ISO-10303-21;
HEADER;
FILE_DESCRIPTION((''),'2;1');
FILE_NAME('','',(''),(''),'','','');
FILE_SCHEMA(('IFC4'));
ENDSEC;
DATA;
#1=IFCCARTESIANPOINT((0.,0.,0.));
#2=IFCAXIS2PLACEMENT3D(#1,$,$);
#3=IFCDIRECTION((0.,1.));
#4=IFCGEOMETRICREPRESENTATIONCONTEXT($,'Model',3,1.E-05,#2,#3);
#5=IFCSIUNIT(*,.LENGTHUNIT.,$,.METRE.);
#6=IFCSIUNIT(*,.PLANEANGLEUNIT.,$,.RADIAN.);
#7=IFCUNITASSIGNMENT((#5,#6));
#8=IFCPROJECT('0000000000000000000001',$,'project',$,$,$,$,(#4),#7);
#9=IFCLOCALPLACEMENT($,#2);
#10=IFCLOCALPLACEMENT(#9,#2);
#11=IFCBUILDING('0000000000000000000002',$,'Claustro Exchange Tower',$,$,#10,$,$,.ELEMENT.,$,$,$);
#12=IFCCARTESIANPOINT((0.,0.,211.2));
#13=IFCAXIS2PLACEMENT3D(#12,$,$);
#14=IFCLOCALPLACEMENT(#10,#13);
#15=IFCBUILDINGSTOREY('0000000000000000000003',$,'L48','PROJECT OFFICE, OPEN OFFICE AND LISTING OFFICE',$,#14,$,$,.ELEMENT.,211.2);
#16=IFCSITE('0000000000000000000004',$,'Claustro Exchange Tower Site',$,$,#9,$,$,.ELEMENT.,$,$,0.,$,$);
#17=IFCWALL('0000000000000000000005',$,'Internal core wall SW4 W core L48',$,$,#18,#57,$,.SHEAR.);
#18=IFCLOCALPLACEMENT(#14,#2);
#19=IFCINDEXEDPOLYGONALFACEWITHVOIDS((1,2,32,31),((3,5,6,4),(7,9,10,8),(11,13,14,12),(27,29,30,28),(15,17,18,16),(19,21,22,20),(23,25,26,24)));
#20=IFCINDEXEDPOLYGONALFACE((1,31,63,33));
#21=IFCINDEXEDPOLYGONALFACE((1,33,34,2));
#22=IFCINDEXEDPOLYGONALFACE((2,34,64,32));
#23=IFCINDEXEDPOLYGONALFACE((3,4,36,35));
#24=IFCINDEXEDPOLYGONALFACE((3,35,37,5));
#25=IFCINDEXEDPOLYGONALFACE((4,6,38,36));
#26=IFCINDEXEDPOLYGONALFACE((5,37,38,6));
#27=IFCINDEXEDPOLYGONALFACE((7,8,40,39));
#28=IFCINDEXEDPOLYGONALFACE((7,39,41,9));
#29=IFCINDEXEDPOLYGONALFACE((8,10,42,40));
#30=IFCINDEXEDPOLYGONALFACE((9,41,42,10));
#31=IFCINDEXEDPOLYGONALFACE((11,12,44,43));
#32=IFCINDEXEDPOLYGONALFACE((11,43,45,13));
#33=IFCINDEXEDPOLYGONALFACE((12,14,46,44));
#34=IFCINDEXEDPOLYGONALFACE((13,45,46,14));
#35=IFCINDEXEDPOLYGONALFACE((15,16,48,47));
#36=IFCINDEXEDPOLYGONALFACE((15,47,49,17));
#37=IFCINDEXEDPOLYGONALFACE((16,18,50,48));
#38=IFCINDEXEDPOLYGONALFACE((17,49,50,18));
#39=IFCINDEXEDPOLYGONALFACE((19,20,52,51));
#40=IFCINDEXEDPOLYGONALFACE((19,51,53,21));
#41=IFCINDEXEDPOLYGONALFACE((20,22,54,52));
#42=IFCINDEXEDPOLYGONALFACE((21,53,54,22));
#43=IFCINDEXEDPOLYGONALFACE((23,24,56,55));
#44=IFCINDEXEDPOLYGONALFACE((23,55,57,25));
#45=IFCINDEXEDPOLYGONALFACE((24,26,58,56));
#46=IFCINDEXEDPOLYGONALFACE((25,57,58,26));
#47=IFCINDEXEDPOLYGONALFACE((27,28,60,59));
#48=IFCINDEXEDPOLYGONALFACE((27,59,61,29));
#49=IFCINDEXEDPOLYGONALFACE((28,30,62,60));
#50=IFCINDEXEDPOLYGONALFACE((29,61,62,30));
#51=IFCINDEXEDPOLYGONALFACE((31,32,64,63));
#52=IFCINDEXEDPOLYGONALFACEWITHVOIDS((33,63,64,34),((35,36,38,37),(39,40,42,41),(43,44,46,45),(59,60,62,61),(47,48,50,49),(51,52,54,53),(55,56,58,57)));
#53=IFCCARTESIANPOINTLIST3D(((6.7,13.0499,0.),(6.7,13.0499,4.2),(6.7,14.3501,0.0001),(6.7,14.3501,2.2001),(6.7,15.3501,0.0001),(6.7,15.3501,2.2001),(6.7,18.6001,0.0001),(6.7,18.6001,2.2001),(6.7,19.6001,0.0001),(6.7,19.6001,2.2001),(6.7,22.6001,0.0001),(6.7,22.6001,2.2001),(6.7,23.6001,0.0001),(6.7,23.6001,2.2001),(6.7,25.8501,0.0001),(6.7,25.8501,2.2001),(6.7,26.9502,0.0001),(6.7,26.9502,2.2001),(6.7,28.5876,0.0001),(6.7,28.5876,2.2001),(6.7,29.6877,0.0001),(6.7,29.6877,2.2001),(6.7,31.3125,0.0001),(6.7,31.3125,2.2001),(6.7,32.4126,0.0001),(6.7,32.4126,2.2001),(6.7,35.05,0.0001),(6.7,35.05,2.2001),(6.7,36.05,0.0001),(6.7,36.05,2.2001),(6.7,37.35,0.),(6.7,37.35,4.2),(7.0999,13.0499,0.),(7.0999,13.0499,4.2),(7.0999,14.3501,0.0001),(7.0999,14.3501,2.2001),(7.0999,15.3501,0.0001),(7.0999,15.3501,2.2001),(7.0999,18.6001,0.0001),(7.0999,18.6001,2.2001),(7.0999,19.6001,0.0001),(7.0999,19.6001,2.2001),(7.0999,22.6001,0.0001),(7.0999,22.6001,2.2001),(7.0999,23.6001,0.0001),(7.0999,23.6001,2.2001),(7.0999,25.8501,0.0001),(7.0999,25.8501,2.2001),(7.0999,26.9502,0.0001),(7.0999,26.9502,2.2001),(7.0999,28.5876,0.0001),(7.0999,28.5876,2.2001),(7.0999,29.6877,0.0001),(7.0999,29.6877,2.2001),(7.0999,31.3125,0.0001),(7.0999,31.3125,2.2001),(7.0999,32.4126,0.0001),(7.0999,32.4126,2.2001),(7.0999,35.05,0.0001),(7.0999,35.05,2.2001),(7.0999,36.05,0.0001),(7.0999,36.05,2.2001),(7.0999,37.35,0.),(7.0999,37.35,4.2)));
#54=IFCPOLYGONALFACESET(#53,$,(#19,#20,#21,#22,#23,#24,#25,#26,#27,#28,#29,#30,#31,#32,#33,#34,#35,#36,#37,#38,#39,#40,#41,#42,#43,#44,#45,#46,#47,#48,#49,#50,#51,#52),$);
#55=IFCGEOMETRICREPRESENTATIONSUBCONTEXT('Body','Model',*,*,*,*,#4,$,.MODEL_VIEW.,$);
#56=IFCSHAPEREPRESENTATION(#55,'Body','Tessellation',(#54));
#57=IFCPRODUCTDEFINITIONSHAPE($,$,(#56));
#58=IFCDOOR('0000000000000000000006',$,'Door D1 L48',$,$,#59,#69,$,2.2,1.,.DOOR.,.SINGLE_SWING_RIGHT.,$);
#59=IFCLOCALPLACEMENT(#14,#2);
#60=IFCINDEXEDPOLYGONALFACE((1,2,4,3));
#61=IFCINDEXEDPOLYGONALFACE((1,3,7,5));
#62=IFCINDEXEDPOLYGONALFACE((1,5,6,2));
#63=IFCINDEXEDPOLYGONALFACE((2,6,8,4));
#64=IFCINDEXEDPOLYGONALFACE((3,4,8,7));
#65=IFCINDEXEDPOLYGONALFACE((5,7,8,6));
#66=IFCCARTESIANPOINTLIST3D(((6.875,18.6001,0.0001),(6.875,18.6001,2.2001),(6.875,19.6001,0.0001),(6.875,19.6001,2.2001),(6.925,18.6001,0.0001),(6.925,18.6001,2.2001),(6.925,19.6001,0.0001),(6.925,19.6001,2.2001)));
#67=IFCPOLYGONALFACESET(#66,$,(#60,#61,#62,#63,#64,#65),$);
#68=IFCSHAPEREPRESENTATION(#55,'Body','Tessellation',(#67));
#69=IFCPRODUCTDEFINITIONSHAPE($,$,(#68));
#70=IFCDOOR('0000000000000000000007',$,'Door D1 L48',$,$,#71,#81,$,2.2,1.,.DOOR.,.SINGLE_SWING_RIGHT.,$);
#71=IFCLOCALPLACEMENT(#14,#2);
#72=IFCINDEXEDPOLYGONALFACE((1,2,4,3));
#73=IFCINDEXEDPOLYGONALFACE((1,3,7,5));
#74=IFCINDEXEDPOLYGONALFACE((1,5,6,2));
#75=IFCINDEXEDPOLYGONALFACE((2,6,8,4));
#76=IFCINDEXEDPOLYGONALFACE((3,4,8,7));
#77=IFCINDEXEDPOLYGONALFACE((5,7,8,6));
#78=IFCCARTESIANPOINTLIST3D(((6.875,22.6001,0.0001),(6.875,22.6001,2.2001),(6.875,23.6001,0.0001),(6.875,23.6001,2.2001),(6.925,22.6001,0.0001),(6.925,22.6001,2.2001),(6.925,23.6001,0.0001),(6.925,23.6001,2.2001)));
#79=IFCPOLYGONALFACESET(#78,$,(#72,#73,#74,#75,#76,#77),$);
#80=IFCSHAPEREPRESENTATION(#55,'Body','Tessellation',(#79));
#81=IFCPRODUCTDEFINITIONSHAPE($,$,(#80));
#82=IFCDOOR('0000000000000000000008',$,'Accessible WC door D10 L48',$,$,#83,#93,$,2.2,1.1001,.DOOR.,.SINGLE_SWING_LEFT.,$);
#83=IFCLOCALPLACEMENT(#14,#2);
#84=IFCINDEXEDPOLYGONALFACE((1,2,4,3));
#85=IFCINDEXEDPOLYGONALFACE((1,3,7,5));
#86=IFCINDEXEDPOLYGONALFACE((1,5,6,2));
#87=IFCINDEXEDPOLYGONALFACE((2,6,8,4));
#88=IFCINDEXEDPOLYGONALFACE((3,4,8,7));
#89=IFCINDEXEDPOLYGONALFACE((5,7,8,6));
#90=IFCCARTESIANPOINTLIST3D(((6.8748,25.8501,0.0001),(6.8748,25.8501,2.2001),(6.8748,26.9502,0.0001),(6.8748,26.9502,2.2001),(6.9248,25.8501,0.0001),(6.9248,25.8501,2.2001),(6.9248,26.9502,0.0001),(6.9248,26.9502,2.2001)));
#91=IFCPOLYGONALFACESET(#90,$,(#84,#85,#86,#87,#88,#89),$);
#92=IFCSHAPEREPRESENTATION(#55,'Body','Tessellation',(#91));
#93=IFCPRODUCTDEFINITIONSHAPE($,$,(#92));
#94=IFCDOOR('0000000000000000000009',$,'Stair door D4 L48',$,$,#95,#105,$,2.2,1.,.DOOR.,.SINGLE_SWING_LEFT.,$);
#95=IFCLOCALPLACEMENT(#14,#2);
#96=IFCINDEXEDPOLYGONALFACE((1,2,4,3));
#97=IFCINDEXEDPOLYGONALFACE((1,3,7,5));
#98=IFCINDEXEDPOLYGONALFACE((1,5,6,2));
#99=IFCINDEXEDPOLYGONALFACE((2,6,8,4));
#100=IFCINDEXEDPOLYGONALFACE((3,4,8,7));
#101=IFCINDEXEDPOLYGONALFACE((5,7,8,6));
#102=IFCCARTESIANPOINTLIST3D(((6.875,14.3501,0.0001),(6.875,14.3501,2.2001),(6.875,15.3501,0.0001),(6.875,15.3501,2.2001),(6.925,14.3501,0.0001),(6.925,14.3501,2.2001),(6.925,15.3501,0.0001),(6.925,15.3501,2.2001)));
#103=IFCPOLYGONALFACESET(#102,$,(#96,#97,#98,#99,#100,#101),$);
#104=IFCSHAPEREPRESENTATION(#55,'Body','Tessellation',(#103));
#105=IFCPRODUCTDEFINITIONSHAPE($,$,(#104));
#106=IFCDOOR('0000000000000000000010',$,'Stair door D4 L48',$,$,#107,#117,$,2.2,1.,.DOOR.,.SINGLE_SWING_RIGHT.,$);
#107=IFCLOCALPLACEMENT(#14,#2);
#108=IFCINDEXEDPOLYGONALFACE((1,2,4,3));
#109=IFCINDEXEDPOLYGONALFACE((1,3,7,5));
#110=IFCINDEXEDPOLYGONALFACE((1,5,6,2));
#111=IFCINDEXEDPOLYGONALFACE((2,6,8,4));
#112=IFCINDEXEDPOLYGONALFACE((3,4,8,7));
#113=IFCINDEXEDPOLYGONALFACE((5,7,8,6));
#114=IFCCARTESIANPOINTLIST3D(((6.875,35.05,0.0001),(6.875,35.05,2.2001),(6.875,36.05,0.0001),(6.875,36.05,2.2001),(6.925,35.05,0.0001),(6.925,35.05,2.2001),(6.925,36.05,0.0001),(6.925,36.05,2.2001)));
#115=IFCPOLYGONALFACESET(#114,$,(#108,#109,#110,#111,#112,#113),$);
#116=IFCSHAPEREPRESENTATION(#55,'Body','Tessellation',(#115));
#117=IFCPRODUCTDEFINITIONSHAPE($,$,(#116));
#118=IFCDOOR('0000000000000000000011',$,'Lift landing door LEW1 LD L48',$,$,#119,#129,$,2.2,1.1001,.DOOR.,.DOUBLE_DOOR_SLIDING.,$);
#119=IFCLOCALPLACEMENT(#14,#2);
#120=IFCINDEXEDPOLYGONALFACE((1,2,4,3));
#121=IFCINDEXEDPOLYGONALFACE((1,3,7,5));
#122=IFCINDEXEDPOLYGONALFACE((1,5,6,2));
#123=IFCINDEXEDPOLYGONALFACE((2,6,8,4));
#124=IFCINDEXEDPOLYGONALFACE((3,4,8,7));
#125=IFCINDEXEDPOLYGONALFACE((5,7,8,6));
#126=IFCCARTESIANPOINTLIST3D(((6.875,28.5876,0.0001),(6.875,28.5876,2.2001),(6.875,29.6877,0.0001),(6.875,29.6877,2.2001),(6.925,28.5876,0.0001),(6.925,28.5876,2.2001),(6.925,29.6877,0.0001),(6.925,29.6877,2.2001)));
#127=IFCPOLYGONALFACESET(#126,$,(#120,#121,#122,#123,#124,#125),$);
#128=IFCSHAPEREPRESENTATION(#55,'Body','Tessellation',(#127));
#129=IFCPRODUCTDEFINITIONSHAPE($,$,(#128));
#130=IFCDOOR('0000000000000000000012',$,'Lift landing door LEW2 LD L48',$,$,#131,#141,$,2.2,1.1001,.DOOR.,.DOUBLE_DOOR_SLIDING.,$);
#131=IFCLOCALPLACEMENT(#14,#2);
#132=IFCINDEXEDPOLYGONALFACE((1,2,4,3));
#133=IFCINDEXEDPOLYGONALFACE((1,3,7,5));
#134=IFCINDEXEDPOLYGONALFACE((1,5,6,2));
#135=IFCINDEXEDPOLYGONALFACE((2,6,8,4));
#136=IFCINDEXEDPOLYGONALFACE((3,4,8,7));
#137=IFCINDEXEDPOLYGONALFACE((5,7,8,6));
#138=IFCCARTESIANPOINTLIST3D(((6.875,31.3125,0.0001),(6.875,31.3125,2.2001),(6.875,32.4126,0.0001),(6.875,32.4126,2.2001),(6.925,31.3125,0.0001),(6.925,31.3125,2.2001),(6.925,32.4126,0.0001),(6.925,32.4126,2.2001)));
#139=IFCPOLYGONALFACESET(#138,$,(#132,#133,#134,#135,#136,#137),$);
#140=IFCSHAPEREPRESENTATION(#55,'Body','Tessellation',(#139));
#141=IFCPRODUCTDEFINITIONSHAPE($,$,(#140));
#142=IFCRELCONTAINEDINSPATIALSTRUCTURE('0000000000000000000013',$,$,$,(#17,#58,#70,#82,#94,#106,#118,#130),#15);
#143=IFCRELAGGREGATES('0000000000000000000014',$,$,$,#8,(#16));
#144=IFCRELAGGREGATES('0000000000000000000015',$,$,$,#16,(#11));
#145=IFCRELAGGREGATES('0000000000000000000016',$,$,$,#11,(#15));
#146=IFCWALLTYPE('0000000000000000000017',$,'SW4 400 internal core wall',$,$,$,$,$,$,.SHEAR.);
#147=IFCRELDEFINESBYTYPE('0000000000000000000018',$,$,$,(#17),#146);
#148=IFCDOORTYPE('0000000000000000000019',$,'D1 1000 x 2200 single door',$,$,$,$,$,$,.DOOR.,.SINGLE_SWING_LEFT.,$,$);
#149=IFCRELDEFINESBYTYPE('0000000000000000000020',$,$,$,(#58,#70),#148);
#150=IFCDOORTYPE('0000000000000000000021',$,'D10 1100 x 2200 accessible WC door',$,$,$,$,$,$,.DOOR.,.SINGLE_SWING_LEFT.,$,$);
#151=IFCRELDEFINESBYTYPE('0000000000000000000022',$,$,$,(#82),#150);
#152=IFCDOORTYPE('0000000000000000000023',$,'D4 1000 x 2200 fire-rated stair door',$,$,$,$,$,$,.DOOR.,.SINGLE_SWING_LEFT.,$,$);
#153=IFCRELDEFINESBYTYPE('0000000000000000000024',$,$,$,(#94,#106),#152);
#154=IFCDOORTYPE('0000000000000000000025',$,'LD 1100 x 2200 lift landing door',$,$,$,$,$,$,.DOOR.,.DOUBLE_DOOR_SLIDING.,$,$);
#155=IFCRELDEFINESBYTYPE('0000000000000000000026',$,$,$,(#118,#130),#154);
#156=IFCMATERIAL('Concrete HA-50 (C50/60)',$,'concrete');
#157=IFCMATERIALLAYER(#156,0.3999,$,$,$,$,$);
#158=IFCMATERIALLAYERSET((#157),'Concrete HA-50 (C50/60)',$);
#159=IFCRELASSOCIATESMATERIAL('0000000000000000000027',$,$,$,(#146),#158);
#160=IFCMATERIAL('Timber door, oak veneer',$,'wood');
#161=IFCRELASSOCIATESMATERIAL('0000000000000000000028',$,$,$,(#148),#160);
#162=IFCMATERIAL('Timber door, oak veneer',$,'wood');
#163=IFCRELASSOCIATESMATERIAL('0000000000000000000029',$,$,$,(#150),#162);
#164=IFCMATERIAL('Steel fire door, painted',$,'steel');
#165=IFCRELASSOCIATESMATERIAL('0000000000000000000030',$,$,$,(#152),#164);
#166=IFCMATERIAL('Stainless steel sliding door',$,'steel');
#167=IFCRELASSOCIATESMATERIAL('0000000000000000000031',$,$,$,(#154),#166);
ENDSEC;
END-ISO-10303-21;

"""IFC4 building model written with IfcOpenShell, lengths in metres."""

from ifc_helpers import new_model, si_unit, direction, frame, frame_2d, origin, place, context, subcontext, project, spatial, rectangle, extrude, material, layer, layer_set, type_object, element, fill, save


model = new_model("IFC4")

# Units and contexts
model_context = context("Model", 3, precision=1e-05, world=origin(), true_north=direction((0.0, 1.0)))
body_context = subcontext(model_context, "Body", "Model", "MODEL_VIEW")
ifc_project = project(units=[si_unit("LENGTHUNIT", "METRE"), si_unit("PLANEANGLEUNIT", "RADIAN")], contexts=[model_context])

# Site, building, storey
site_placement = place(None, origin())
site = spatial("IfcSite", under=ifc_project, at=site_placement, Name="Claustro Exchange Tower Site", CompositionType="ELEMENT", RefElevation=0.0)
building_placement = place(site_placement, origin())
building = spatial("IfcBuilding", under=site, at=building_placement, Name="Claustro Exchange Tower", CompositionType="ELEMENT")
storey_placement = place(building_placement, frame((0.0, 0.0, 211.2)))
storey = spatial("IfcBuildingStorey", under=building, at=storey_placement, Name="L48", Description="PROJECT OFFICE, OPEN OFFICE AND LISTING OFFICE", CompositionType="ELEMENT", Elevation=211.2)

# Wall, openings, doors
ifc_material_1 = material(Name="Concrete HA-50 (C50/60)", Category="concrete")
ifc_layer_1 = layer(ifc_material_1, 0.3999)
ifc_layer_set_1 = layer_set([ifc_layer_1], Name="Concrete HA-50 (C50/60)")
wall_type_1 = type_object("IfcWallType", Name="SW4 400 internal core wall", PredefinedType="SHEAR", material=ifc_layer_set_1)
wall_1_placement = place(storey_placement, frame((6.8999, 13.05, 0.0), z_axis=(0.0, 0.0, 1.0), x_axis=(0.0, 1.0, 0.0)))
wall_1 = element("IfcWall", 1, at=wall_1_placement, inside=storey, type_object=wall_type_1, Name="Internal core wall SW4 W core L48", PredefinedType="SHEAR", context=body_context, shape_type="SweptSolid", body=[
    extrude(rectangle(XDim=24.3, YDim=0.3999, at=frame_2d((12.1499, 0.0))), origin(), (0.0, 0.0, 1.0), 4.2),
])
opening_1_placement = place(wall_1_placement, frame((1.3, 0.0, 0.0)))
opening_1 = element("IfcOpeningElement", 2, at=opening_1_placement, cuts=wall_1, PredefinedType="OPENING", context=body_context, shape_type="SweptSolid", body=[
    extrude(rectangle(XDim=1.0, YDim=2.2, at=frame_2d((0.5, 1.1001))), frame((0.0, 0.21, 0.0), z_axis=(0.0, -1.0, 0.0), x_axis=(1.0, 0.0, 0.0)), (0.0, 0.0, 1.0), 0.4199),
])
opening_2_placement = place(wall_1_placement, frame((22.0, 0.0, 0.0)))
opening_2 = element("IfcOpeningElement", 3, at=opening_2_placement, cuts=wall_1, PredefinedType="OPENING", context=body_context, shape_type="SweptSolid", body=[
    extrude(rectangle(XDim=1.0, YDim=2.2, at=frame_2d((0.5, 1.1001))), frame((0.0, 0.21, 0.0), z_axis=(0.0, -1.0, 0.0), x_axis=(1.0, 0.0, 0.0)), (0.0, 0.0, 1.0), 0.4199),
])
opening_3_placement = place(wall_1_placement, frame((5.55, 0.0, 0.0)))
opening_3 = element("IfcOpeningElement", 4, at=opening_3_placement, cuts=wall_1, PredefinedType="OPENING", context=body_context, shape_type="SweptSolid", body=[
    extrude(rectangle(XDim=1.0, YDim=2.2, at=frame_2d((0.5, 1.1001))), frame((0.0, 0.21, 0.0), z_axis=(0.0, -1.0, 0.0), x_axis=(1.0, 0.0, 0.0)), (0.0, 0.0, 1.0), 0.4199),
])
opening_4_placement = place(wall_1_placement, frame((9.55, 0.0, 0.0)))
opening_4 = element("IfcOpeningElement", 5, at=opening_4_placement, cuts=wall_1, PredefinedType="OPENING", context=body_context, shape_type="SweptSolid", body=[
    extrude(rectangle(XDim=1.0, YDim=2.2, at=frame_2d((0.5, 1.1001))), frame((0.0, 0.21, 0.0), z_axis=(0.0, -1.0, 0.0), x_axis=(1.0, 0.0, 0.0)), (0.0, 0.0, 1.0), 0.4199),
])
opening_5_placement = place(wall_1_placement, frame((12.8, 0.0, 0.0)))
opening_5 = element("IfcOpeningElement", 6, at=opening_5_placement, cuts=wall_1, PredefinedType="OPENING", context=body_context, shape_type="SweptSolid", body=[
    extrude(rectangle(XDim=1.1001, YDim=2.2, at=frame_2d((0.55, 1.1001))), frame((0.0, 0.21, 0.0), z_axis=(0.0, -1.0, 0.0), x_axis=(1.0, 0.0, 0.0)), (0.0, 0.0, 1.0), 0.4199),
])
opening_6_placement = place(wall_1_placement, frame((15.5376, 0.0, 0.0)))
opening_6 = element("IfcOpeningElement", 7, at=opening_6_placement, cuts=wall_1, PredefinedType="OPENING", context=body_context, shape_type="SweptSolid", body=[
    extrude(rectangle(XDim=1.1001, YDim=2.2, at=frame_2d((0.55, 1.1001))), frame((0.0, 0.21, 0.0), z_axis=(0.0, -1.0, 0.0), x_axis=(1.0, 0.0, 0.0)), (0.0, 0.0, 1.0), 0.4199),
])
opening_7_placement = place(wall_1_placement, frame((18.2625, 0.0, 0.0)))
opening_7 = element("IfcOpeningElement", 8, at=opening_7_placement, cuts=wall_1, PredefinedType="OPENING", context=body_context, shape_type="SweptSolid", body=[
    extrude(rectangle(XDim=1.1001, YDim=2.2, at=frame_2d((0.55, 1.1001))), frame((0.0, 0.21, 0.0), z_axis=(0.0, -1.0, 0.0), x_axis=(1.0, 0.0, 0.0)), (0.0, 0.0, 1.0), 0.4199),
])
ifc_material_2 = material(Name="Timber door, oak veneer", Category="wood")
door_type_1 = type_object("IfcDoorType", Name="D1 1000 x 2200 single door", OperationType="SINGLE_SWING_LEFT", PredefinedType="DOOR", material=ifc_material_2)
door_1_placement = place(opening_3_placement, origin())
door_1 = element("IfcDoor", 9, at=door_1_placement, inside=storey, type_object=door_type_1, Name="Door D1 L48", OperationType="SINGLE_SWING_RIGHT", OverallHeight=2.2, OverallWidth=1.0, PredefinedType="DOOR", context=body_context, shape_type="SweptSolid", body=[
    extrude(rectangle(XDim=1.0, YDim=2.2, at=frame_2d((0.5, 1.1001))), frame((0.0, 0.0249, 0.0), z_axis=(0.0, -1.0, 0.0), x_axis=(1.0, 0.0, 0.0)), (0.0, 0.0, 1.0), 0.05),
])
fill(opening_3, door_1)
door_2_placement = place(opening_4_placement, origin())
door_2 = element("IfcDoor", 10, at=door_2_placement, inside=storey, type_object=door_type_1, Name="Door D1 L48", OperationType="SINGLE_SWING_RIGHT", OverallHeight=2.2, OverallWidth=1.0, PredefinedType="DOOR", context=body_context, shape_type="SweptSolid", body=[
    extrude(rectangle(XDim=1.0, YDim=2.2, at=frame_2d((0.5, 1.1001))), frame((0.0, 0.0249, 0.0), z_axis=(0.0, -1.0, 0.0), x_axis=(1.0, 0.0, 0.0)), (0.0, 0.0, 1.0), 0.05),
])
fill(opening_4, door_2)
ifc_material_3 = material(Name="Timber door, oak veneer", Category="wood")
door_type_2 = type_object("IfcDoorType", Name="D10 1100 x 2200 accessible WC door", OperationType="SINGLE_SWING_LEFT", PredefinedType="DOOR", material=ifc_material_3)
door_3_placement = place(opening_5_placement, frame((1.1001, 0.0, 0.0), z_axis=(0.0, 0.0, 1.0), x_axis=(-1.0, 0.0, 0.0)))
door_3 = element("IfcDoor", 11, at=door_3_placement, inside=storey, type_object=door_type_2, Name="Accessible WC door D10 L48", OperationType="SINGLE_SWING_LEFT", OverallHeight=2.2, OverallWidth=1.1001, PredefinedType="DOOR", context=body_context, shape_type="SweptSolid", body=[
    extrude(rectangle(XDim=1.1001, YDim=2.2, at=frame_2d((0.55, 1.1001))), frame((0.0, 0.0249, 0.0), z_axis=(0.0, -1.0, 0.0), x_axis=(1.0, 0.0, 0.0)), (0.0, 0.0, 1.0), 0.05),
])
fill(opening_5, door_3)
ifc_material_4 = material(Name="Steel fire door, painted", Category="steel")
door_type_3 = type_object("IfcDoorType", Name="D4 1000 x 2200 fire-rated stair door", OperationType="SINGLE_SWING_LEFT", PredefinedType="DOOR", material=ifc_material_4)
door_4_placement = place(opening_1_placement, origin())
door_4 = element("IfcDoor", 12, at=door_4_placement, inside=storey, type_object=door_type_3, Name="Stair door D4 L48", OperationType="SINGLE_SWING_LEFT", OverallHeight=2.2, OverallWidth=1.0, PredefinedType="DOOR", context=body_context, shape_type="SweptSolid", body=[
    extrude(rectangle(XDim=1.0, YDim=2.2, at=frame_2d((0.5, 1.1001))), frame((0.0, 0.0249, 0.0), z_axis=(0.0, -1.0, 0.0), x_axis=(1.0, 0.0, 0.0)), (0.0, 0.0, 1.0), 0.05),
])
fill(opening_1, door_4)
door_5_placement = place(opening_2_placement, origin())
door_5 = element("IfcDoor", 13, at=door_5_placement, inside=storey, type_object=door_type_3, Name="Stair door D4 L48", OperationType="SINGLE_SWING_RIGHT", OverallHeight=2.2, OverallWidth=1.0, PredefinedType="DOOR", context=body_context, shape_type="SweptSolid", body=[
    extrude(rectangle(XDim=1.0, YDim=2.2, at=frame_2d((0.5, 1.1001))), frame((0.0, 0.0249, 0.0), z_axis=(0.0, -1.0, 0.0), x_axis=(1.0, 0.0, 0.0)), (0.0, 0.0, 1.0), 0.05),
])
fill(opening_2, door_5)
ifc_material_5 = material(Name="Stainless steel sliding door", Category="steel")
door_type_4 = type_object("IfcDoorType", Name="LD 1100 x 2200 lift landing door", OperationType="DOUBLE_DOOR_SLIDING", PredefinedType="DOOR", material=ifc_material_5)
door_6_placement = place(opening_6_placement, origin())
door_6 = element("IfcDoor", 14, at=door_6_placement, inside=storey, type_object=door_type_4, Name="Lift landing door LEW1 LD L48", OperationType="DOUBLE_DOOR_SLIDING", OverallHeight=2.2, OverallWidth=1.1001, PredefinedType="DOOR", context=body_context, shape_type="SweptSolid", body=[
    extrude(rectangle(XDim=1.1001, YDim=2.2, at=frame_2d((0.55, 1.1001))), frame((0.0, 0.0249, 0.0), z_axis=(0.0, -1.0, 0.0), x_axis=(1.0, 0.0, 0.0)), (0.0, 0.0, 1.0), 0.05),
])
fill(opening_6, door_6)
door_7_placement = place(opening_7_placement, origin())
door_7 = element("IfcDoor", 15, at=door_7_placement, inside=storey, type_object=door_type_4, Name="Lift landing door LEW2 LD L48", OperationType="DOUBLE_DOOR_SLIDING", OverallHeight=2.2, OverallWidth=1.1001, PredefinedType="DOOR", context=body_context, shape_type="SweptSolid", body=[
    extrude(rectangle(XDim=1.1001, YDim=2.2, at=frame_2d((0.55, 1.1001))), frame((0.0, 0.0249, 0.0), z_axis=(0.0, -1.0, 0.0), x_axis=(1.0, 0.0, 0.0)), (0.0, 0.0, 1.0), 0.05),
])
fill(opening_7, door_7)

save(model, "model.ifc")
